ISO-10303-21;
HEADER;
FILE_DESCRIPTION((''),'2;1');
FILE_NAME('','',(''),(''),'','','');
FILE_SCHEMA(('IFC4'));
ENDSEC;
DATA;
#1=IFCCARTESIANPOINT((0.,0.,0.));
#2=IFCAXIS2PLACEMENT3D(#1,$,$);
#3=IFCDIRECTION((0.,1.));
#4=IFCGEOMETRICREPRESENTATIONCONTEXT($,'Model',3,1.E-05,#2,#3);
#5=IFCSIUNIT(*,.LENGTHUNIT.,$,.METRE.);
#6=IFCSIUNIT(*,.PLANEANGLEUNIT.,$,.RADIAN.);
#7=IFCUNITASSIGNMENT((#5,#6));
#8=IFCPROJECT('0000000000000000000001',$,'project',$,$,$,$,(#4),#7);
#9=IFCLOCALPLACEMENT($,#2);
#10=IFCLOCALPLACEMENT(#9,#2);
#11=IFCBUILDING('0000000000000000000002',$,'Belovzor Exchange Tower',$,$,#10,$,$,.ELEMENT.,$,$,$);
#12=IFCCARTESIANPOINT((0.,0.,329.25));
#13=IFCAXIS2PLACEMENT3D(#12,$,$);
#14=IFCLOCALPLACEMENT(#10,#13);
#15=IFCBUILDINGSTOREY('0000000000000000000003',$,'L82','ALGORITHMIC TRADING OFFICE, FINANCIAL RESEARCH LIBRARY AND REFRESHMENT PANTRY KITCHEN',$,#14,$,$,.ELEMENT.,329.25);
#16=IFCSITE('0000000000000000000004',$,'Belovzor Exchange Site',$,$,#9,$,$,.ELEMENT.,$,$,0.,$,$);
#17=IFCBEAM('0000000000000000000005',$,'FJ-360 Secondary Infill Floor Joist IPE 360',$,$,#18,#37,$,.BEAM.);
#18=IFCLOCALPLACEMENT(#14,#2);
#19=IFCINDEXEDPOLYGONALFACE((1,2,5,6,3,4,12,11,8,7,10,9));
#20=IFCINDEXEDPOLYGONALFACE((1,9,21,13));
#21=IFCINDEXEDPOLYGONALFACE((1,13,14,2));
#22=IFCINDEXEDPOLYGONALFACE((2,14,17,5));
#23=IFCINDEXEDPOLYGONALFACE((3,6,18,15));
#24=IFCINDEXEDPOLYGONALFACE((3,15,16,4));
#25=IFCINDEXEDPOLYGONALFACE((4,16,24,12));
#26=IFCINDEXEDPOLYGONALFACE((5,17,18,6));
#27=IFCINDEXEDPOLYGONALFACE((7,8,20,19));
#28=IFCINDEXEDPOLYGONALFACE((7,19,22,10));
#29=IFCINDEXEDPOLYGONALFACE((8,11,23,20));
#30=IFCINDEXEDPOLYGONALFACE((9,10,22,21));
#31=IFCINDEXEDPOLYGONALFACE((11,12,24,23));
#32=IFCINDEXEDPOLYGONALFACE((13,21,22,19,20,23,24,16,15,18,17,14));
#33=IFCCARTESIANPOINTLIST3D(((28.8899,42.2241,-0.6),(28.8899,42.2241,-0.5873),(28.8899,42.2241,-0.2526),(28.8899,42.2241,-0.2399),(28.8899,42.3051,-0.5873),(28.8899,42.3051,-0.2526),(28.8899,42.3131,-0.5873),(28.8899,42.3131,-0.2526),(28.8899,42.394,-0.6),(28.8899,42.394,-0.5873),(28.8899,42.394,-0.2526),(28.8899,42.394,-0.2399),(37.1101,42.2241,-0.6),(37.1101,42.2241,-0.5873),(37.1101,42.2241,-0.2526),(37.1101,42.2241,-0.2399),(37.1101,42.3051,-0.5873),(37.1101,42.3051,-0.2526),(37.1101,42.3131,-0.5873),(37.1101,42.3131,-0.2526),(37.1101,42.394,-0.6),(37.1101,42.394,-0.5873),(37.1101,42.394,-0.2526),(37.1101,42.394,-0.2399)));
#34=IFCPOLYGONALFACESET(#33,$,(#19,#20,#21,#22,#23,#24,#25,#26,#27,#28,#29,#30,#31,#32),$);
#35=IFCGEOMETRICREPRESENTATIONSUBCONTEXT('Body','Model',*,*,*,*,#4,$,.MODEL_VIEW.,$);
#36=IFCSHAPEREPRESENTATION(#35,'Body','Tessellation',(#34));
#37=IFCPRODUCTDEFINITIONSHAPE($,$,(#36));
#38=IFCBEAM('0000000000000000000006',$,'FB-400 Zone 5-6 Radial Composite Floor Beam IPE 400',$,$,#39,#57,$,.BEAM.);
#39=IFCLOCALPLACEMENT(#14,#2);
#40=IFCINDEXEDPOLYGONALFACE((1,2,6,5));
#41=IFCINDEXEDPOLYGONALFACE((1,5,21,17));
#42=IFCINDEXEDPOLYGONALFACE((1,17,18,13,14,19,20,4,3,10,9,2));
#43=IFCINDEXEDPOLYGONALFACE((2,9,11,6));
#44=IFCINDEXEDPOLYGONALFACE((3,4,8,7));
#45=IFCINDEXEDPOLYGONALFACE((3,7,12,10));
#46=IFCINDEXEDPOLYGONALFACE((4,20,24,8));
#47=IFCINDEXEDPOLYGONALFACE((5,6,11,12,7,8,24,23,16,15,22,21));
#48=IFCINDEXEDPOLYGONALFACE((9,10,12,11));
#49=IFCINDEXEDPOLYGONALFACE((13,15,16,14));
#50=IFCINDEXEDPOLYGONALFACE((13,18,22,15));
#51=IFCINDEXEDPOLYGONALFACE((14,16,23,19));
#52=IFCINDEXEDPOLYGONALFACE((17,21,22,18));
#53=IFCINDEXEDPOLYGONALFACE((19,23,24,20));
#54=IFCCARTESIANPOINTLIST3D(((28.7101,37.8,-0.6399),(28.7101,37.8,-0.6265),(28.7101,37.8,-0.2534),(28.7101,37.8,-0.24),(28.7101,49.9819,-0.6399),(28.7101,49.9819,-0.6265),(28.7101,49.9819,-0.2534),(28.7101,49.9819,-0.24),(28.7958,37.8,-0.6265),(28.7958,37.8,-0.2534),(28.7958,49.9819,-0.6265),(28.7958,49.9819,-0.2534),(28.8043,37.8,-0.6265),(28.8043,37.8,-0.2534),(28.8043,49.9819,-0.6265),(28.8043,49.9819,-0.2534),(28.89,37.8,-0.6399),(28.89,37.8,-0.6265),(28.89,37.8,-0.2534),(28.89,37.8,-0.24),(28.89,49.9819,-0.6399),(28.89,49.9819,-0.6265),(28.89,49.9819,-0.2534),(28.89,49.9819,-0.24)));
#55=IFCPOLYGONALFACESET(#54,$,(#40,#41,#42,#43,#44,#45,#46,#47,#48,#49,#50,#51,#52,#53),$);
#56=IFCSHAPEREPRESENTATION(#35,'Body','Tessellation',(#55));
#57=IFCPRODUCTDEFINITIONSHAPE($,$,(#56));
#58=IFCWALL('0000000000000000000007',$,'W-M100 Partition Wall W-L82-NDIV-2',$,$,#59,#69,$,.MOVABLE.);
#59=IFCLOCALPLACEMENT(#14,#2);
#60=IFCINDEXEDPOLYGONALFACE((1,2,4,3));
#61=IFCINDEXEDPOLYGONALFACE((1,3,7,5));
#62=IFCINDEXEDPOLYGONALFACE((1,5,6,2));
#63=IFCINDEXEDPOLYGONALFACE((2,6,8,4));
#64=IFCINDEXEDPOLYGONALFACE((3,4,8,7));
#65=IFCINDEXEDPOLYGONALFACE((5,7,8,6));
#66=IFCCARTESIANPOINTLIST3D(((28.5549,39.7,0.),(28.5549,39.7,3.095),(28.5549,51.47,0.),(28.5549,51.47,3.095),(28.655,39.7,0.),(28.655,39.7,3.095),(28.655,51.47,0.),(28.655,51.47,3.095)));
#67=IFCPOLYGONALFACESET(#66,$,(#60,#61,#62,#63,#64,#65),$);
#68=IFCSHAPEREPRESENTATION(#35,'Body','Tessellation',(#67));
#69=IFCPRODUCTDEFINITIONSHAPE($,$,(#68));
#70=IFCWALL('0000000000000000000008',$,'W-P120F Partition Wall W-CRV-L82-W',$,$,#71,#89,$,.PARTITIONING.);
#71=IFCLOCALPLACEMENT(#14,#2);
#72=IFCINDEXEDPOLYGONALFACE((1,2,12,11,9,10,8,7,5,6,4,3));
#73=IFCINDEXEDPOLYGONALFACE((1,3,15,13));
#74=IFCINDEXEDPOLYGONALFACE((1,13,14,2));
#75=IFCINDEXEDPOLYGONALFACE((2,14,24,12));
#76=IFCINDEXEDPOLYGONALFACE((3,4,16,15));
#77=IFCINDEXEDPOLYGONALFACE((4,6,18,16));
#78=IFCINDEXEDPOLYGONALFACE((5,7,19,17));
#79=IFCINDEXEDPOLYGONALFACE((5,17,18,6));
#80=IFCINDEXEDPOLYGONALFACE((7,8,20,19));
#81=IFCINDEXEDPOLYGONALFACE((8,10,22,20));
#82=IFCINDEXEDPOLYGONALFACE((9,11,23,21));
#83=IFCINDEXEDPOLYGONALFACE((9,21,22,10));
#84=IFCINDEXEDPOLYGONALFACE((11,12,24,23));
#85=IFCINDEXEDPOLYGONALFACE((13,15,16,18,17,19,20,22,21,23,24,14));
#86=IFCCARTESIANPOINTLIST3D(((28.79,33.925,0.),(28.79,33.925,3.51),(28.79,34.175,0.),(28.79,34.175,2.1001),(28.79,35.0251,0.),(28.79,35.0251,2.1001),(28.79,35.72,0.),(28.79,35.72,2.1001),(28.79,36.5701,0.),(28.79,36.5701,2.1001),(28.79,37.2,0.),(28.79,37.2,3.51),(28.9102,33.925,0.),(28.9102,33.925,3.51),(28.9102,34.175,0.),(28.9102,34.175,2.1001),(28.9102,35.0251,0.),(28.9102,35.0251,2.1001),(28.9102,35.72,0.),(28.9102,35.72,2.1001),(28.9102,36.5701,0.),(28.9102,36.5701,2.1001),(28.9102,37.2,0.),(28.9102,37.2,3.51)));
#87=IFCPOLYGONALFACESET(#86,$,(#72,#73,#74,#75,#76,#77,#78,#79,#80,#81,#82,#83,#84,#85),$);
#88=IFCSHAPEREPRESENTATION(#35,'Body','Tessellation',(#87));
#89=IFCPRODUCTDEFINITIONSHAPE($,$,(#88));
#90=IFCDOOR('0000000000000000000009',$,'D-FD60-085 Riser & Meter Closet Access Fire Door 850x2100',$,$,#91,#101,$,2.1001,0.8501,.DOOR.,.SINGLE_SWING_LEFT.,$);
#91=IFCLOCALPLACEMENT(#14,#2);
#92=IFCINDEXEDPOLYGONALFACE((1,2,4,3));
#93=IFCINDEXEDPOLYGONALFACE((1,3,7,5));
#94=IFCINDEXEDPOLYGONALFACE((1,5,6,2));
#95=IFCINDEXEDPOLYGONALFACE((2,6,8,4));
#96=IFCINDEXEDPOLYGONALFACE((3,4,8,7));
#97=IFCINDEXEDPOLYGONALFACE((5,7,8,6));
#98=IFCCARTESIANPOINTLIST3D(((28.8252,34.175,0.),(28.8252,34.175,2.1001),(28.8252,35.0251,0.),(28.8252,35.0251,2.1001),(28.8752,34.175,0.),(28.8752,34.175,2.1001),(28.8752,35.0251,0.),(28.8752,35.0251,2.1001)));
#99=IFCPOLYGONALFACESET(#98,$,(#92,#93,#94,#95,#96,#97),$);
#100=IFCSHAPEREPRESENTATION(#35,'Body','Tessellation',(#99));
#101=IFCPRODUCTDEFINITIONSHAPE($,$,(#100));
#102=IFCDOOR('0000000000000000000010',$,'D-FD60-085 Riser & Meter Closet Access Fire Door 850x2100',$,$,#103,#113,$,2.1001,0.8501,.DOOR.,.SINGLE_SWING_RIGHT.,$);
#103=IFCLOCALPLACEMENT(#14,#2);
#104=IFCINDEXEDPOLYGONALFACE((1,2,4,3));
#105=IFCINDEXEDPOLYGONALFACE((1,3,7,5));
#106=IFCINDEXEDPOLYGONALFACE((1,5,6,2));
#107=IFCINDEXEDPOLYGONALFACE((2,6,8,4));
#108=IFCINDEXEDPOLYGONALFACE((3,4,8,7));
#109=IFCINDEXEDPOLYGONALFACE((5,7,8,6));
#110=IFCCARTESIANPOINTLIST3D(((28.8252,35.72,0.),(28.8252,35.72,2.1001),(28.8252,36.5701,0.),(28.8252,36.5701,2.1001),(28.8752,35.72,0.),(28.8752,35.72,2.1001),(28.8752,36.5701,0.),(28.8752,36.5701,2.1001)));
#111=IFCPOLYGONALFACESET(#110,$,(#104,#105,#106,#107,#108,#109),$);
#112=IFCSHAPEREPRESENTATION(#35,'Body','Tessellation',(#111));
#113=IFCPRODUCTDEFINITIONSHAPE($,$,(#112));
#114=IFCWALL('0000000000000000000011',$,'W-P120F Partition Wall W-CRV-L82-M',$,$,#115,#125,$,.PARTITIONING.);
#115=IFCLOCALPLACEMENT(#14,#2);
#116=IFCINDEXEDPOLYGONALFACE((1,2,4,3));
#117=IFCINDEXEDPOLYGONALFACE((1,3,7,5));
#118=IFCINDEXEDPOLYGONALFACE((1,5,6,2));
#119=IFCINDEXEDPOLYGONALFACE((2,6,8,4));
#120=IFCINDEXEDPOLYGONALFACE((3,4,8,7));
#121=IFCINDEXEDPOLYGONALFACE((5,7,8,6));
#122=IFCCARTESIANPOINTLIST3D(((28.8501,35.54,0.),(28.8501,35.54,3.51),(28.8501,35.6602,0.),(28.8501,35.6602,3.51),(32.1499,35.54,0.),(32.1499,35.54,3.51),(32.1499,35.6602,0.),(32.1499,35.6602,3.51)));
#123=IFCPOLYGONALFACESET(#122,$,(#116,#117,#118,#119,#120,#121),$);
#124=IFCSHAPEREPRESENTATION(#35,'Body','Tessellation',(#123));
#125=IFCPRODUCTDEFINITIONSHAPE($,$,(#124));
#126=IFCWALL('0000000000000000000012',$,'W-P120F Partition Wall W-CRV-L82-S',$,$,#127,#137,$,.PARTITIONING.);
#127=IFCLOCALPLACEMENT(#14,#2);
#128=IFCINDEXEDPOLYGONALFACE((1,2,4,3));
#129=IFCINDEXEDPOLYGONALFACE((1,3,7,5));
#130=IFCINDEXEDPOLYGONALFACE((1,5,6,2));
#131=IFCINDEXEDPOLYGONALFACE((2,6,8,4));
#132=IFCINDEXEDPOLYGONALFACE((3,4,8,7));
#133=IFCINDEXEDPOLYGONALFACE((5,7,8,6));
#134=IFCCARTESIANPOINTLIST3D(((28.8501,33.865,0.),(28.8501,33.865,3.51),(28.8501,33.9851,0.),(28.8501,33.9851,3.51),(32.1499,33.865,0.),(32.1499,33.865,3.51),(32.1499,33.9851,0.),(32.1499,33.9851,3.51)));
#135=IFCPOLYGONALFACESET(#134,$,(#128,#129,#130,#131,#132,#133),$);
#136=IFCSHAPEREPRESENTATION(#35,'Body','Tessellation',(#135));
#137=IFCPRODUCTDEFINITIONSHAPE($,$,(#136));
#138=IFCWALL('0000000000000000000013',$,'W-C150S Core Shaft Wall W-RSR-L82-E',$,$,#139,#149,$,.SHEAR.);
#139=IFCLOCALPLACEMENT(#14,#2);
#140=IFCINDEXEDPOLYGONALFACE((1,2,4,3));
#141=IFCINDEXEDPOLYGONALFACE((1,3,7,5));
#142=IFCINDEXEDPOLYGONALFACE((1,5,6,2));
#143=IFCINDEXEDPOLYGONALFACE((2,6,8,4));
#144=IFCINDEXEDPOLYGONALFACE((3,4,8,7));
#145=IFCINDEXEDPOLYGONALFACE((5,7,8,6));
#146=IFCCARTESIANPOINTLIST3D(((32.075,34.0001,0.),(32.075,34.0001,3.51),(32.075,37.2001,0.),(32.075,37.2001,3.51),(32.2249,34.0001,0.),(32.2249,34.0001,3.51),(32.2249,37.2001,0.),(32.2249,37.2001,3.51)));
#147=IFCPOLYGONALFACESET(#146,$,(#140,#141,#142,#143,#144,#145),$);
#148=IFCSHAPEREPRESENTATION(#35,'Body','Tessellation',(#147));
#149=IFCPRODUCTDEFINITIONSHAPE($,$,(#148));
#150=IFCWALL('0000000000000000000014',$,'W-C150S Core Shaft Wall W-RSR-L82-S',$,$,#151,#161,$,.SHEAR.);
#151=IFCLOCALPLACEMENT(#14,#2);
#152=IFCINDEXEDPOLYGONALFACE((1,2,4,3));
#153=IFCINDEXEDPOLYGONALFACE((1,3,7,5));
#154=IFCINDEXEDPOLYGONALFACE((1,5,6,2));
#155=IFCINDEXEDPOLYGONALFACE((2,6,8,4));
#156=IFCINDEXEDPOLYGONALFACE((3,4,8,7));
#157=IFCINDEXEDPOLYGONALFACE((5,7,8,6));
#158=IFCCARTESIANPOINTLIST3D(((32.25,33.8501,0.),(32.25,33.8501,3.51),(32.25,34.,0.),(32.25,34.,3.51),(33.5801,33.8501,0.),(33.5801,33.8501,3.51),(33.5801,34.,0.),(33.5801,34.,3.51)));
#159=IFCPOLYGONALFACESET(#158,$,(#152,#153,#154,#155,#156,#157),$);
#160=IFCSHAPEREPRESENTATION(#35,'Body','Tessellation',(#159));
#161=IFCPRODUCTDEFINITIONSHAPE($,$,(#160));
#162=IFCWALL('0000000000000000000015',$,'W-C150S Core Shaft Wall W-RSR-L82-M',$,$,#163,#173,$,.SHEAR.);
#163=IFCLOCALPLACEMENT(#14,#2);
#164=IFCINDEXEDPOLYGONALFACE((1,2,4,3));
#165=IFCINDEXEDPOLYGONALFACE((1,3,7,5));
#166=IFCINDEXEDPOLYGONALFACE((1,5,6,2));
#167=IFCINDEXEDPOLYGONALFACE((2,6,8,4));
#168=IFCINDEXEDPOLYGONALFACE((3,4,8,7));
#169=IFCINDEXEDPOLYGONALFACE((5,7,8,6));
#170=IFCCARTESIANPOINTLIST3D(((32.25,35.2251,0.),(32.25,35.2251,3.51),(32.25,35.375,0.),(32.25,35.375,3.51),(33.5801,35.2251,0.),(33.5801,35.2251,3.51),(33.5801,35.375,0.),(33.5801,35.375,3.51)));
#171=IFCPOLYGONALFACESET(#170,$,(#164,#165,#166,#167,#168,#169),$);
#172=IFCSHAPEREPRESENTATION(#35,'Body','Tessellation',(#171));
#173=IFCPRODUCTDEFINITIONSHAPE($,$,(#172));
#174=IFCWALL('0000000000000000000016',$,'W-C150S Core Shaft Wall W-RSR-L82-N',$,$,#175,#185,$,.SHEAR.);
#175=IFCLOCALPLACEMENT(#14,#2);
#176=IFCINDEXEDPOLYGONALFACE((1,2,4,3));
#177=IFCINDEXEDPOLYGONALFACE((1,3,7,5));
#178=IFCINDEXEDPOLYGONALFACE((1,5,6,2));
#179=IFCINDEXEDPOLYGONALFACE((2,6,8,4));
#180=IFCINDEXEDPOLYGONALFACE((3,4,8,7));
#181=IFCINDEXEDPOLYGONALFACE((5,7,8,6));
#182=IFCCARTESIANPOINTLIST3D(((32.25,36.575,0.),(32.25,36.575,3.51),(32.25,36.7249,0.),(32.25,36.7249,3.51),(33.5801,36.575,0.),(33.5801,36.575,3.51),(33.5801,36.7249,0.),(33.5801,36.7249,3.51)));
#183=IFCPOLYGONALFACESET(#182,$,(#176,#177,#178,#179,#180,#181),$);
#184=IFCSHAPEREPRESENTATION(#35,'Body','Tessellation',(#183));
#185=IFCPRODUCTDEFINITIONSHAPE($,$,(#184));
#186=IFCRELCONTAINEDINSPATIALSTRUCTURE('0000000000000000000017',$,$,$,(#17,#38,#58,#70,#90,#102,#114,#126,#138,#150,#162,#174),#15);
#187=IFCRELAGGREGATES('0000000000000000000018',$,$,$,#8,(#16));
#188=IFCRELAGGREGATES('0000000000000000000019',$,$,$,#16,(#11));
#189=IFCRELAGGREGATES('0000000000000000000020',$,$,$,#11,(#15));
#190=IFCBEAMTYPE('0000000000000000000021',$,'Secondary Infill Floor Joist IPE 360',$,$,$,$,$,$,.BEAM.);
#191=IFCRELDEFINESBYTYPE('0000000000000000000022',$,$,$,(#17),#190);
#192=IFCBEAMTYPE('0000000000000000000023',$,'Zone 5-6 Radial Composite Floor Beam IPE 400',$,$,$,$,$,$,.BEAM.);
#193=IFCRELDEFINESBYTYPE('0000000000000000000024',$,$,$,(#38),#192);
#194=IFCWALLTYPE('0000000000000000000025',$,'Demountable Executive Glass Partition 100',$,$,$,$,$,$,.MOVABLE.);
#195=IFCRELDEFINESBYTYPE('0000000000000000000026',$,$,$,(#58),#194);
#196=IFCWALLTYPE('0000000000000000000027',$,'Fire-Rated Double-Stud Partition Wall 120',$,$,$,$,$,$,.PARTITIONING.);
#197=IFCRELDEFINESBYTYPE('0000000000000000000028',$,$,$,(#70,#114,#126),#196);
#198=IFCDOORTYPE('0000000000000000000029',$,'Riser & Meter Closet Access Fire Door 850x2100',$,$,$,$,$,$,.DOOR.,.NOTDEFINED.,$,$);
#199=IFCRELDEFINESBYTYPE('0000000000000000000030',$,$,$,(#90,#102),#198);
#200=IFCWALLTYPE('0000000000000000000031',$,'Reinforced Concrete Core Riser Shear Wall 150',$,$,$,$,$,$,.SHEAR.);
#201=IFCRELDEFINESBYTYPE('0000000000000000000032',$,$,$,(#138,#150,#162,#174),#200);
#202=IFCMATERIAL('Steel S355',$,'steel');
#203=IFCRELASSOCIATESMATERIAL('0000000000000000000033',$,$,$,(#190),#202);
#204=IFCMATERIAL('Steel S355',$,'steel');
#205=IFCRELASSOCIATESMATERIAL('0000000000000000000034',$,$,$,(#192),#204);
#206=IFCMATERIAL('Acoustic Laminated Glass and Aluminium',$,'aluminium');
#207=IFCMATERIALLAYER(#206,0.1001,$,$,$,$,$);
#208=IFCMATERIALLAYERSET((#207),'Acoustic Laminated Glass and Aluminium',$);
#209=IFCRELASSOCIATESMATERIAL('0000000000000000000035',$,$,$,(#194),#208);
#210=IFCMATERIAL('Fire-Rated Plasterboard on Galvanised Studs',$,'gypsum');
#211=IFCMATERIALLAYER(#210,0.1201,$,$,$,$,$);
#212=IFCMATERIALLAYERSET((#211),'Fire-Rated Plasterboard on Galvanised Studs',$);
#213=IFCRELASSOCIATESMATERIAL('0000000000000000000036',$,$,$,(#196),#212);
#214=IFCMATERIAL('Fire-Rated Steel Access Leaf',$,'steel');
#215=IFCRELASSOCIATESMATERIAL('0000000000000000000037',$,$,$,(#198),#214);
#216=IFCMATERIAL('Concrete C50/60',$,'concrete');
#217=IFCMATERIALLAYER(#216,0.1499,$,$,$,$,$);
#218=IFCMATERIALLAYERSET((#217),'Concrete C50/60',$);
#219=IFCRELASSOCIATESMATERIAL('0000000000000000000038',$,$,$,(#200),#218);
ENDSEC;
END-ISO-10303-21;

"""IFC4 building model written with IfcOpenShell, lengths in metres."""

from ifc_helpers import new_model, si_unit, direction, frame, frame_2d, origin, origin_2d, place, context, subcontext, project, spatial, rectangle, i_section, extrude, material, layer, layer_set, material_profile, profile_set, type_object, element, fill, save


model = new_model("IFC4")

# Units and contexts
model_context = context("Model", 3, precision=1e-05, world=origin(), true_north=direction((0.0, 1.0)))
body_context = subcontext(model_context, "Body", "Model", "MODEL_VIEW")
ifc_project = project(units=[si_unit("LENGTHUNIT", "METRE"), si_unit("PLANEANGLEUNIT", "RADIAN")], contexts=[model_context])

# Site, building, storey
site_placement = place(None, origin())
site = spatial("IfcSite", under=ifc_project, at=site_placement, Name="Belovzor Exchange Site", CompositionType="ELEMENT", RefElevation=0.0)
building_placement = place(site_placement, origin())
building = spatial("IfcBuilding", under=site, at=building_placement, Name="Belovzor Exchange Tower", CompositionType="ELEMENT")
storey_placement = place(building_placement, frame((0.0, 0.0, 329.25)))
storey = spatial("IfcBuildingStorey", under=building, at=storey_placement, Name="L82", Description="ALGORITHMIC TRADING OFFICE, FINANCIAL RESEARCH LIBRARY AND REFRESHMENT PANTRY KITCHEN", CompositionType="ELEMENT", Elevation=329.25)

# Beams
ifc_material_1 = material(Name="Steel S355", Category="steel")
ifc_material_profile_1 = material_profile(ifc_material_1, i_section(OverallWidth=0.1699, OverallDepth=0.3601, WebThickness=0.0081, FlangeThickness=0.0127, at=origin_2d()))
ifc_profile_set_1 = profile_set([ifc_material_profile_1], Name="Steel S355")
beam_type_1 = type_object("IfcBeamType", Name="Secondary Infill Floor Joist IPE 360", PredefinedType="BEAM", material=ifc_profile_set_1)
beam_1_placement = place(storey_placement, frame((28.8899, 42.3091, -0.4199), z_axis=(1.0, 0.0, 0.0), x_axis=(0.0, 1.0, 0.0)))
element("IfcBeam", 1, at=beam_1_placement, inside=storey, type_object=beam_type_1, Name="FJ-360 Secondary Infill Floor Joist IPE 360", PredefinedType="BEAM", context=body_context, shape_type="SweptSolid", body=[
    extrude(i_section(OverallWidth=0.1699, OverallDepth=0.3601, WebThickness=0.0081, FlangeThickness=0.0127, at=origin_2d()), origin(), (0.0, 0.0, 1.0), 8.2202),
])
ifc_material_2 = material(Name="Steel S355", Category="steel")
ifc_material_profile_2 = material_profile(ifc_material_2, i_section(OverallWidth=0.1799, OverallDepth=0.3999, WebThickness=0.0085, FlangeThickness=0.0134, at=origin_2d()))
ifc_profile_set_2 = profile_set([ifc_material_profile_2], Name="Steel S355")
beam_type_2 = type_object("IfcBeamType", Name="Zone 5-6 Radial Composite Floor Beam IPE 400", PredefinedType="BEAM", material=ifc_profile_set_2)
beam_2_placement = place(storey_placement, frame((28.8, 37.8, -0.4399), z_axis=(0.0, 1.0, 0.0), x_axis=(-1.0, 0.0, 0.0)))
element("IfcBeam", 2, at=beam_2_placement, inside=storey, type_object=beam_type_2, Name="FB-400 Zone 5-6 Radial Composite Floor Beam IPE 400", PredefinedType="BEAM", context=body_context, shape_type="SweptSolid", body=[
    extrude(i_section(OverallWidth=0.1799, OverallDepth=0.3999, WebThickness=0.0085, FlangeThickness=0.0134, at=origin_2d()), origin(), (0.0, 0.0, 1.0), 12.1819),
])

# Wall
ifc_material_3 = material(Name="Acoustic Laminated Glass and Aluminium", Category="aluminium")
ifc_layer_1 = layer(ifc_material_3, 0.1001)
ifc_layer_set_1 = layer_set([ifc_layer_1], Name="Acoustic Laminated Glass and Aluminium")
wall_type_1 = type_object("IfcWallType", Name="Demountable Executive Glass Partition 100", PredefinedType="MOVABLE", material=ifc_layer_set_1)
wall_1_placement = place(storey_placement, frame((28.605, 39.7, 0.0), z_axis=(0.0, 0.0, 1.0), x_axis=(0.0, 1.0, 0.0)))
element("IfcWall", 3, at=wall_1_placement, inside=storey, type_object=wall_type_1, Name="W-M100 Partition Wall W-L82-NDIV-2", PredefinedType="MOVABLE", context=body_context, shape_type="SweptSolid", body=[
    extrude(rectangle(XDim=11.77, YDim=0.1001, at=frame_2d((5.885, 0.0))), origin(), (0.0, 0.0, 1.0), 3.095),
])

# Wall, openings, doors
ifc_material_4 = material(Name="Fire-Rated Plasterboard on Galvanised Studs", Category="gypsum")
ifc_layer_2 = layer(ifc_material_4, 0.1201)
ifc_layer_set_2 = layer_set([ifc_layer_2], Name="Fire-Rated Plasterboard on Galvanised Studs")
wall_type_2 = type_object("IfcWallType", Name="Fire-Rated Double-Stud Partition Wall 120", PredefinedType="PARTITIONING", material=ifc_layer_set_2)
wall_2_placement = place(storey_placement, frame((28.8501, 33.925, 0.0), z_axis=(0.0, 0.0, 1.0), x_axis=(0.0, 1.0, 0.0)))
wall_2 = element("IfcWall", 4, at=wall_2_placement, inside=storey, type_object=wall_type_2, Name="W-P120F Partition Wall W-CRV-L82-W", PredefinedType="PARTITIONING", context=body_context, shape_type="SweptSolid", body=[
    extrude(rectangle(XDim=3.2749, YDim=0.1201, at=frame_2d((1.6375, 0.0))), origin(), (0.0, 0.0, 1.0), 3.51),
])
opening_1_placement = place(wall_2_placement, frame((0.25, 0.0, 0.0)))
opening_1 = element("IfcOpeningElement", 5, at=opening_1_placement, cuts=wall_2, PredefinedType="OPENING", context=body_context, shape_type="SweptSolid", body=[
    extrude(rectangle(XDim=0.8501, YDim=2.1001, at=frame_2d((0.425, 1.05))), frame((0.0, 0.0701, 0.0), z_axis=(0.0, -1.0, 0.0), x_axis=(1.0, 0.0, 0.0)), (0.0, 0.0, 1.0), 0.1401),
])
opening_2_placement = place(wall_2_placement, frame((1.7949, 0.0, 0.0)))
opening_2 = element("IfcOpeningElement", 6, at=opening_2_placement, cuts=wall_2, PredefinedType="OPENING", context=body_context, shape_type="SweptSolid", body=[
    extrude(rectangle(XDim=0.8501, YDim=2.1001, at=frame_2d((0.425, 1.05))), frame((0.0, 0.0701, 0.0), z_axis=(0.0, -1.0, 0.0), x_axis=(1.0, 0.0, 0.0)), (0.0, 0.0, 1.0), 0.1401),
])
ifc_material_5 = material(Name="Fire-Rated Steel Access Leaf", Category="steel")
door_type_1 = type_object("IfcDoorType", Name="Riser & Meter Closet Access Fire Door 850x2100", OperationType="NOTDEFINED", PredefinedType="DOOR", material=ifc_material_5)
door_1_placement = place(opening_1_placement, origin())
door_1 = element("IfcDoor", 7, at=door_1_placement, inside=storey, type_object=door_type_1, Name="D-FD60-085 Riser & Meter Closet Access Fire Door 850x2100", OperationType="SINGLE_SWING_LEFT", OverallHeight=2.1001, OverallWidth=0.8501, PredefinedType="DOOR", context=body_context, shape_type="SweptSolid", body=[
    extrude(rectangle(XDim=0.8501, YDim=2.1001, at=frame_2d((0.425, 1.05))), frame((0.0, 0.0249, 0.0), z_axis=(0.0, -1.0, 0.0), x_axis=(1.0, 0.0, 0.0)), (0.0, 0.0, 1.0), 0.05),
])
fill(opening_1, door_1)
door_2_placement = place(opening_2_placement, origin())
door_2 = element("IfcDoor", 8, at=door_2_placement, inside=storey, type_object=door_type_1, Name="D-FD60-085 Riser & Meter Closet Access Fire Door 850x2100", OperationType="SINGLE_SWING_RIGHT", OverallHeight=2.1001, OverallWidth=0.8501, PredefinedType="DOOR", context=body_context, shape_type="SweptSolid", body=[
    extrude(rectangle(XDim=0.8501, YDim=2.1001, at=frame_2d((0.425, 1.05))), frame((0.0, 0.0249, 0.0), z_axis=(0.0, -1.0, 0.0), x_axis=(1.0, 0.0, 0.0)), (0.0, 0.0, 1.0), 0.05),
])
fill(opening_2, door_2)

# Walls
for number, where, z_axis, x_axis, name in (
    (9, (28.8501, 35.6001, 0.0), (0.0, 0.0, 1.0), (1.0, 0.0, 0.0), "W-P120F Partition Wall W-CRV-L82-M"),
    (10, (28.8501, 33.925, 0.0), (0.0, 0.0, 1.0), (1.0, 0.0, 0.0), "W-P120F Partition Wall W-CRV-L82-S"),
):
    element("IfcWall", number, at=place(storey_placement, frame(where, z_axis=z_axis, x_axis=x_axis)), inside=storey, type_object=wall_type_2, Name=name, PredefinedType="PARTITIONING", context=body_context, shape_type="SweptSolid", body=[
        extrude(rectangle(XDim=3.2998, YDim=0.1201, at=frame_2d((1.6499, 0.0))), origin(), (0.0, 0.0, 1.0), 3.51),
    ])
ifc_material_6 = material(Name="Concrete C50/60", Category="concrete")
ifc_layer_3 = layer(ifc_material_6, 0.1499)
ifc_layer_set_3 = layer_set([ifc_layer_3], Name="Concrete C50/60")
wall_type_3 = type_object("IfcWallType", Name="Reinforced Concrete Core Riser Shear Wall 150", PredefinedType="SHEAR", material=ifc_layer_set_3)
wall_3_placement = place(storey_placement, frame((32.1499, 34.0, 0.0), z_axis=(0.0, 0.0, 1.0), x_axis=(0.0, 1.0, 0.0)))
element("IfcWall", 11, at=wall_3_placement, inside=storey, type_object=wall_type_3, Name="W-C150S Core Shaft Wall W-RSR-L82-E", PredefinedType="SHEAR", context=body_context, shape_type="SweptSolid", body=[
    extrude(rectangle(XDim=3.2, YDim=0.1499, at=frame_2d((1.6001, 0.0))), origin(), (0.0, 0.0, 1.0), 3.51),
])
for number, where, z_axis, x_axis, name in (
    (12, (32.25, 33.925, 0.0), (0.0, 0.0, 1.0), (1.0, 0.0, 0.0), "W-C150S Core Shaft Wall W-RSR-L82-S"),
    (13, (32.25, 35.3, 0.0), (0.0, 0.0, 1.0), (1.0, 0.0, 0.0), "W-C150S Core Shaft Wall W-RSR-L82-M"),
    (14, (32.25, 36.6499, 0.0), (0.0, 0.0, 1.0), (1.0, 0.0, 0.0), "W-C150S Core Shaft Wall W-RSR-L82-N"),
):
    element("IfcWall", number, at=place(storey_placement, frame(where, z_axis=z_axis, x_axis=x_axis)), inside=storey, type_object=wall_type_3, Name=name, PredefinedType="SHEAR", context=body_context, shape_type="SweptSolid", body=[
        extrude(rectangle(XDim=1.3301, YDim=0.1499, at=frame_2d((0.665, 0.0))), origin(), (0.0, 0.0, 1.0), 3.51),
    ])

save(model, "model.ifc")
